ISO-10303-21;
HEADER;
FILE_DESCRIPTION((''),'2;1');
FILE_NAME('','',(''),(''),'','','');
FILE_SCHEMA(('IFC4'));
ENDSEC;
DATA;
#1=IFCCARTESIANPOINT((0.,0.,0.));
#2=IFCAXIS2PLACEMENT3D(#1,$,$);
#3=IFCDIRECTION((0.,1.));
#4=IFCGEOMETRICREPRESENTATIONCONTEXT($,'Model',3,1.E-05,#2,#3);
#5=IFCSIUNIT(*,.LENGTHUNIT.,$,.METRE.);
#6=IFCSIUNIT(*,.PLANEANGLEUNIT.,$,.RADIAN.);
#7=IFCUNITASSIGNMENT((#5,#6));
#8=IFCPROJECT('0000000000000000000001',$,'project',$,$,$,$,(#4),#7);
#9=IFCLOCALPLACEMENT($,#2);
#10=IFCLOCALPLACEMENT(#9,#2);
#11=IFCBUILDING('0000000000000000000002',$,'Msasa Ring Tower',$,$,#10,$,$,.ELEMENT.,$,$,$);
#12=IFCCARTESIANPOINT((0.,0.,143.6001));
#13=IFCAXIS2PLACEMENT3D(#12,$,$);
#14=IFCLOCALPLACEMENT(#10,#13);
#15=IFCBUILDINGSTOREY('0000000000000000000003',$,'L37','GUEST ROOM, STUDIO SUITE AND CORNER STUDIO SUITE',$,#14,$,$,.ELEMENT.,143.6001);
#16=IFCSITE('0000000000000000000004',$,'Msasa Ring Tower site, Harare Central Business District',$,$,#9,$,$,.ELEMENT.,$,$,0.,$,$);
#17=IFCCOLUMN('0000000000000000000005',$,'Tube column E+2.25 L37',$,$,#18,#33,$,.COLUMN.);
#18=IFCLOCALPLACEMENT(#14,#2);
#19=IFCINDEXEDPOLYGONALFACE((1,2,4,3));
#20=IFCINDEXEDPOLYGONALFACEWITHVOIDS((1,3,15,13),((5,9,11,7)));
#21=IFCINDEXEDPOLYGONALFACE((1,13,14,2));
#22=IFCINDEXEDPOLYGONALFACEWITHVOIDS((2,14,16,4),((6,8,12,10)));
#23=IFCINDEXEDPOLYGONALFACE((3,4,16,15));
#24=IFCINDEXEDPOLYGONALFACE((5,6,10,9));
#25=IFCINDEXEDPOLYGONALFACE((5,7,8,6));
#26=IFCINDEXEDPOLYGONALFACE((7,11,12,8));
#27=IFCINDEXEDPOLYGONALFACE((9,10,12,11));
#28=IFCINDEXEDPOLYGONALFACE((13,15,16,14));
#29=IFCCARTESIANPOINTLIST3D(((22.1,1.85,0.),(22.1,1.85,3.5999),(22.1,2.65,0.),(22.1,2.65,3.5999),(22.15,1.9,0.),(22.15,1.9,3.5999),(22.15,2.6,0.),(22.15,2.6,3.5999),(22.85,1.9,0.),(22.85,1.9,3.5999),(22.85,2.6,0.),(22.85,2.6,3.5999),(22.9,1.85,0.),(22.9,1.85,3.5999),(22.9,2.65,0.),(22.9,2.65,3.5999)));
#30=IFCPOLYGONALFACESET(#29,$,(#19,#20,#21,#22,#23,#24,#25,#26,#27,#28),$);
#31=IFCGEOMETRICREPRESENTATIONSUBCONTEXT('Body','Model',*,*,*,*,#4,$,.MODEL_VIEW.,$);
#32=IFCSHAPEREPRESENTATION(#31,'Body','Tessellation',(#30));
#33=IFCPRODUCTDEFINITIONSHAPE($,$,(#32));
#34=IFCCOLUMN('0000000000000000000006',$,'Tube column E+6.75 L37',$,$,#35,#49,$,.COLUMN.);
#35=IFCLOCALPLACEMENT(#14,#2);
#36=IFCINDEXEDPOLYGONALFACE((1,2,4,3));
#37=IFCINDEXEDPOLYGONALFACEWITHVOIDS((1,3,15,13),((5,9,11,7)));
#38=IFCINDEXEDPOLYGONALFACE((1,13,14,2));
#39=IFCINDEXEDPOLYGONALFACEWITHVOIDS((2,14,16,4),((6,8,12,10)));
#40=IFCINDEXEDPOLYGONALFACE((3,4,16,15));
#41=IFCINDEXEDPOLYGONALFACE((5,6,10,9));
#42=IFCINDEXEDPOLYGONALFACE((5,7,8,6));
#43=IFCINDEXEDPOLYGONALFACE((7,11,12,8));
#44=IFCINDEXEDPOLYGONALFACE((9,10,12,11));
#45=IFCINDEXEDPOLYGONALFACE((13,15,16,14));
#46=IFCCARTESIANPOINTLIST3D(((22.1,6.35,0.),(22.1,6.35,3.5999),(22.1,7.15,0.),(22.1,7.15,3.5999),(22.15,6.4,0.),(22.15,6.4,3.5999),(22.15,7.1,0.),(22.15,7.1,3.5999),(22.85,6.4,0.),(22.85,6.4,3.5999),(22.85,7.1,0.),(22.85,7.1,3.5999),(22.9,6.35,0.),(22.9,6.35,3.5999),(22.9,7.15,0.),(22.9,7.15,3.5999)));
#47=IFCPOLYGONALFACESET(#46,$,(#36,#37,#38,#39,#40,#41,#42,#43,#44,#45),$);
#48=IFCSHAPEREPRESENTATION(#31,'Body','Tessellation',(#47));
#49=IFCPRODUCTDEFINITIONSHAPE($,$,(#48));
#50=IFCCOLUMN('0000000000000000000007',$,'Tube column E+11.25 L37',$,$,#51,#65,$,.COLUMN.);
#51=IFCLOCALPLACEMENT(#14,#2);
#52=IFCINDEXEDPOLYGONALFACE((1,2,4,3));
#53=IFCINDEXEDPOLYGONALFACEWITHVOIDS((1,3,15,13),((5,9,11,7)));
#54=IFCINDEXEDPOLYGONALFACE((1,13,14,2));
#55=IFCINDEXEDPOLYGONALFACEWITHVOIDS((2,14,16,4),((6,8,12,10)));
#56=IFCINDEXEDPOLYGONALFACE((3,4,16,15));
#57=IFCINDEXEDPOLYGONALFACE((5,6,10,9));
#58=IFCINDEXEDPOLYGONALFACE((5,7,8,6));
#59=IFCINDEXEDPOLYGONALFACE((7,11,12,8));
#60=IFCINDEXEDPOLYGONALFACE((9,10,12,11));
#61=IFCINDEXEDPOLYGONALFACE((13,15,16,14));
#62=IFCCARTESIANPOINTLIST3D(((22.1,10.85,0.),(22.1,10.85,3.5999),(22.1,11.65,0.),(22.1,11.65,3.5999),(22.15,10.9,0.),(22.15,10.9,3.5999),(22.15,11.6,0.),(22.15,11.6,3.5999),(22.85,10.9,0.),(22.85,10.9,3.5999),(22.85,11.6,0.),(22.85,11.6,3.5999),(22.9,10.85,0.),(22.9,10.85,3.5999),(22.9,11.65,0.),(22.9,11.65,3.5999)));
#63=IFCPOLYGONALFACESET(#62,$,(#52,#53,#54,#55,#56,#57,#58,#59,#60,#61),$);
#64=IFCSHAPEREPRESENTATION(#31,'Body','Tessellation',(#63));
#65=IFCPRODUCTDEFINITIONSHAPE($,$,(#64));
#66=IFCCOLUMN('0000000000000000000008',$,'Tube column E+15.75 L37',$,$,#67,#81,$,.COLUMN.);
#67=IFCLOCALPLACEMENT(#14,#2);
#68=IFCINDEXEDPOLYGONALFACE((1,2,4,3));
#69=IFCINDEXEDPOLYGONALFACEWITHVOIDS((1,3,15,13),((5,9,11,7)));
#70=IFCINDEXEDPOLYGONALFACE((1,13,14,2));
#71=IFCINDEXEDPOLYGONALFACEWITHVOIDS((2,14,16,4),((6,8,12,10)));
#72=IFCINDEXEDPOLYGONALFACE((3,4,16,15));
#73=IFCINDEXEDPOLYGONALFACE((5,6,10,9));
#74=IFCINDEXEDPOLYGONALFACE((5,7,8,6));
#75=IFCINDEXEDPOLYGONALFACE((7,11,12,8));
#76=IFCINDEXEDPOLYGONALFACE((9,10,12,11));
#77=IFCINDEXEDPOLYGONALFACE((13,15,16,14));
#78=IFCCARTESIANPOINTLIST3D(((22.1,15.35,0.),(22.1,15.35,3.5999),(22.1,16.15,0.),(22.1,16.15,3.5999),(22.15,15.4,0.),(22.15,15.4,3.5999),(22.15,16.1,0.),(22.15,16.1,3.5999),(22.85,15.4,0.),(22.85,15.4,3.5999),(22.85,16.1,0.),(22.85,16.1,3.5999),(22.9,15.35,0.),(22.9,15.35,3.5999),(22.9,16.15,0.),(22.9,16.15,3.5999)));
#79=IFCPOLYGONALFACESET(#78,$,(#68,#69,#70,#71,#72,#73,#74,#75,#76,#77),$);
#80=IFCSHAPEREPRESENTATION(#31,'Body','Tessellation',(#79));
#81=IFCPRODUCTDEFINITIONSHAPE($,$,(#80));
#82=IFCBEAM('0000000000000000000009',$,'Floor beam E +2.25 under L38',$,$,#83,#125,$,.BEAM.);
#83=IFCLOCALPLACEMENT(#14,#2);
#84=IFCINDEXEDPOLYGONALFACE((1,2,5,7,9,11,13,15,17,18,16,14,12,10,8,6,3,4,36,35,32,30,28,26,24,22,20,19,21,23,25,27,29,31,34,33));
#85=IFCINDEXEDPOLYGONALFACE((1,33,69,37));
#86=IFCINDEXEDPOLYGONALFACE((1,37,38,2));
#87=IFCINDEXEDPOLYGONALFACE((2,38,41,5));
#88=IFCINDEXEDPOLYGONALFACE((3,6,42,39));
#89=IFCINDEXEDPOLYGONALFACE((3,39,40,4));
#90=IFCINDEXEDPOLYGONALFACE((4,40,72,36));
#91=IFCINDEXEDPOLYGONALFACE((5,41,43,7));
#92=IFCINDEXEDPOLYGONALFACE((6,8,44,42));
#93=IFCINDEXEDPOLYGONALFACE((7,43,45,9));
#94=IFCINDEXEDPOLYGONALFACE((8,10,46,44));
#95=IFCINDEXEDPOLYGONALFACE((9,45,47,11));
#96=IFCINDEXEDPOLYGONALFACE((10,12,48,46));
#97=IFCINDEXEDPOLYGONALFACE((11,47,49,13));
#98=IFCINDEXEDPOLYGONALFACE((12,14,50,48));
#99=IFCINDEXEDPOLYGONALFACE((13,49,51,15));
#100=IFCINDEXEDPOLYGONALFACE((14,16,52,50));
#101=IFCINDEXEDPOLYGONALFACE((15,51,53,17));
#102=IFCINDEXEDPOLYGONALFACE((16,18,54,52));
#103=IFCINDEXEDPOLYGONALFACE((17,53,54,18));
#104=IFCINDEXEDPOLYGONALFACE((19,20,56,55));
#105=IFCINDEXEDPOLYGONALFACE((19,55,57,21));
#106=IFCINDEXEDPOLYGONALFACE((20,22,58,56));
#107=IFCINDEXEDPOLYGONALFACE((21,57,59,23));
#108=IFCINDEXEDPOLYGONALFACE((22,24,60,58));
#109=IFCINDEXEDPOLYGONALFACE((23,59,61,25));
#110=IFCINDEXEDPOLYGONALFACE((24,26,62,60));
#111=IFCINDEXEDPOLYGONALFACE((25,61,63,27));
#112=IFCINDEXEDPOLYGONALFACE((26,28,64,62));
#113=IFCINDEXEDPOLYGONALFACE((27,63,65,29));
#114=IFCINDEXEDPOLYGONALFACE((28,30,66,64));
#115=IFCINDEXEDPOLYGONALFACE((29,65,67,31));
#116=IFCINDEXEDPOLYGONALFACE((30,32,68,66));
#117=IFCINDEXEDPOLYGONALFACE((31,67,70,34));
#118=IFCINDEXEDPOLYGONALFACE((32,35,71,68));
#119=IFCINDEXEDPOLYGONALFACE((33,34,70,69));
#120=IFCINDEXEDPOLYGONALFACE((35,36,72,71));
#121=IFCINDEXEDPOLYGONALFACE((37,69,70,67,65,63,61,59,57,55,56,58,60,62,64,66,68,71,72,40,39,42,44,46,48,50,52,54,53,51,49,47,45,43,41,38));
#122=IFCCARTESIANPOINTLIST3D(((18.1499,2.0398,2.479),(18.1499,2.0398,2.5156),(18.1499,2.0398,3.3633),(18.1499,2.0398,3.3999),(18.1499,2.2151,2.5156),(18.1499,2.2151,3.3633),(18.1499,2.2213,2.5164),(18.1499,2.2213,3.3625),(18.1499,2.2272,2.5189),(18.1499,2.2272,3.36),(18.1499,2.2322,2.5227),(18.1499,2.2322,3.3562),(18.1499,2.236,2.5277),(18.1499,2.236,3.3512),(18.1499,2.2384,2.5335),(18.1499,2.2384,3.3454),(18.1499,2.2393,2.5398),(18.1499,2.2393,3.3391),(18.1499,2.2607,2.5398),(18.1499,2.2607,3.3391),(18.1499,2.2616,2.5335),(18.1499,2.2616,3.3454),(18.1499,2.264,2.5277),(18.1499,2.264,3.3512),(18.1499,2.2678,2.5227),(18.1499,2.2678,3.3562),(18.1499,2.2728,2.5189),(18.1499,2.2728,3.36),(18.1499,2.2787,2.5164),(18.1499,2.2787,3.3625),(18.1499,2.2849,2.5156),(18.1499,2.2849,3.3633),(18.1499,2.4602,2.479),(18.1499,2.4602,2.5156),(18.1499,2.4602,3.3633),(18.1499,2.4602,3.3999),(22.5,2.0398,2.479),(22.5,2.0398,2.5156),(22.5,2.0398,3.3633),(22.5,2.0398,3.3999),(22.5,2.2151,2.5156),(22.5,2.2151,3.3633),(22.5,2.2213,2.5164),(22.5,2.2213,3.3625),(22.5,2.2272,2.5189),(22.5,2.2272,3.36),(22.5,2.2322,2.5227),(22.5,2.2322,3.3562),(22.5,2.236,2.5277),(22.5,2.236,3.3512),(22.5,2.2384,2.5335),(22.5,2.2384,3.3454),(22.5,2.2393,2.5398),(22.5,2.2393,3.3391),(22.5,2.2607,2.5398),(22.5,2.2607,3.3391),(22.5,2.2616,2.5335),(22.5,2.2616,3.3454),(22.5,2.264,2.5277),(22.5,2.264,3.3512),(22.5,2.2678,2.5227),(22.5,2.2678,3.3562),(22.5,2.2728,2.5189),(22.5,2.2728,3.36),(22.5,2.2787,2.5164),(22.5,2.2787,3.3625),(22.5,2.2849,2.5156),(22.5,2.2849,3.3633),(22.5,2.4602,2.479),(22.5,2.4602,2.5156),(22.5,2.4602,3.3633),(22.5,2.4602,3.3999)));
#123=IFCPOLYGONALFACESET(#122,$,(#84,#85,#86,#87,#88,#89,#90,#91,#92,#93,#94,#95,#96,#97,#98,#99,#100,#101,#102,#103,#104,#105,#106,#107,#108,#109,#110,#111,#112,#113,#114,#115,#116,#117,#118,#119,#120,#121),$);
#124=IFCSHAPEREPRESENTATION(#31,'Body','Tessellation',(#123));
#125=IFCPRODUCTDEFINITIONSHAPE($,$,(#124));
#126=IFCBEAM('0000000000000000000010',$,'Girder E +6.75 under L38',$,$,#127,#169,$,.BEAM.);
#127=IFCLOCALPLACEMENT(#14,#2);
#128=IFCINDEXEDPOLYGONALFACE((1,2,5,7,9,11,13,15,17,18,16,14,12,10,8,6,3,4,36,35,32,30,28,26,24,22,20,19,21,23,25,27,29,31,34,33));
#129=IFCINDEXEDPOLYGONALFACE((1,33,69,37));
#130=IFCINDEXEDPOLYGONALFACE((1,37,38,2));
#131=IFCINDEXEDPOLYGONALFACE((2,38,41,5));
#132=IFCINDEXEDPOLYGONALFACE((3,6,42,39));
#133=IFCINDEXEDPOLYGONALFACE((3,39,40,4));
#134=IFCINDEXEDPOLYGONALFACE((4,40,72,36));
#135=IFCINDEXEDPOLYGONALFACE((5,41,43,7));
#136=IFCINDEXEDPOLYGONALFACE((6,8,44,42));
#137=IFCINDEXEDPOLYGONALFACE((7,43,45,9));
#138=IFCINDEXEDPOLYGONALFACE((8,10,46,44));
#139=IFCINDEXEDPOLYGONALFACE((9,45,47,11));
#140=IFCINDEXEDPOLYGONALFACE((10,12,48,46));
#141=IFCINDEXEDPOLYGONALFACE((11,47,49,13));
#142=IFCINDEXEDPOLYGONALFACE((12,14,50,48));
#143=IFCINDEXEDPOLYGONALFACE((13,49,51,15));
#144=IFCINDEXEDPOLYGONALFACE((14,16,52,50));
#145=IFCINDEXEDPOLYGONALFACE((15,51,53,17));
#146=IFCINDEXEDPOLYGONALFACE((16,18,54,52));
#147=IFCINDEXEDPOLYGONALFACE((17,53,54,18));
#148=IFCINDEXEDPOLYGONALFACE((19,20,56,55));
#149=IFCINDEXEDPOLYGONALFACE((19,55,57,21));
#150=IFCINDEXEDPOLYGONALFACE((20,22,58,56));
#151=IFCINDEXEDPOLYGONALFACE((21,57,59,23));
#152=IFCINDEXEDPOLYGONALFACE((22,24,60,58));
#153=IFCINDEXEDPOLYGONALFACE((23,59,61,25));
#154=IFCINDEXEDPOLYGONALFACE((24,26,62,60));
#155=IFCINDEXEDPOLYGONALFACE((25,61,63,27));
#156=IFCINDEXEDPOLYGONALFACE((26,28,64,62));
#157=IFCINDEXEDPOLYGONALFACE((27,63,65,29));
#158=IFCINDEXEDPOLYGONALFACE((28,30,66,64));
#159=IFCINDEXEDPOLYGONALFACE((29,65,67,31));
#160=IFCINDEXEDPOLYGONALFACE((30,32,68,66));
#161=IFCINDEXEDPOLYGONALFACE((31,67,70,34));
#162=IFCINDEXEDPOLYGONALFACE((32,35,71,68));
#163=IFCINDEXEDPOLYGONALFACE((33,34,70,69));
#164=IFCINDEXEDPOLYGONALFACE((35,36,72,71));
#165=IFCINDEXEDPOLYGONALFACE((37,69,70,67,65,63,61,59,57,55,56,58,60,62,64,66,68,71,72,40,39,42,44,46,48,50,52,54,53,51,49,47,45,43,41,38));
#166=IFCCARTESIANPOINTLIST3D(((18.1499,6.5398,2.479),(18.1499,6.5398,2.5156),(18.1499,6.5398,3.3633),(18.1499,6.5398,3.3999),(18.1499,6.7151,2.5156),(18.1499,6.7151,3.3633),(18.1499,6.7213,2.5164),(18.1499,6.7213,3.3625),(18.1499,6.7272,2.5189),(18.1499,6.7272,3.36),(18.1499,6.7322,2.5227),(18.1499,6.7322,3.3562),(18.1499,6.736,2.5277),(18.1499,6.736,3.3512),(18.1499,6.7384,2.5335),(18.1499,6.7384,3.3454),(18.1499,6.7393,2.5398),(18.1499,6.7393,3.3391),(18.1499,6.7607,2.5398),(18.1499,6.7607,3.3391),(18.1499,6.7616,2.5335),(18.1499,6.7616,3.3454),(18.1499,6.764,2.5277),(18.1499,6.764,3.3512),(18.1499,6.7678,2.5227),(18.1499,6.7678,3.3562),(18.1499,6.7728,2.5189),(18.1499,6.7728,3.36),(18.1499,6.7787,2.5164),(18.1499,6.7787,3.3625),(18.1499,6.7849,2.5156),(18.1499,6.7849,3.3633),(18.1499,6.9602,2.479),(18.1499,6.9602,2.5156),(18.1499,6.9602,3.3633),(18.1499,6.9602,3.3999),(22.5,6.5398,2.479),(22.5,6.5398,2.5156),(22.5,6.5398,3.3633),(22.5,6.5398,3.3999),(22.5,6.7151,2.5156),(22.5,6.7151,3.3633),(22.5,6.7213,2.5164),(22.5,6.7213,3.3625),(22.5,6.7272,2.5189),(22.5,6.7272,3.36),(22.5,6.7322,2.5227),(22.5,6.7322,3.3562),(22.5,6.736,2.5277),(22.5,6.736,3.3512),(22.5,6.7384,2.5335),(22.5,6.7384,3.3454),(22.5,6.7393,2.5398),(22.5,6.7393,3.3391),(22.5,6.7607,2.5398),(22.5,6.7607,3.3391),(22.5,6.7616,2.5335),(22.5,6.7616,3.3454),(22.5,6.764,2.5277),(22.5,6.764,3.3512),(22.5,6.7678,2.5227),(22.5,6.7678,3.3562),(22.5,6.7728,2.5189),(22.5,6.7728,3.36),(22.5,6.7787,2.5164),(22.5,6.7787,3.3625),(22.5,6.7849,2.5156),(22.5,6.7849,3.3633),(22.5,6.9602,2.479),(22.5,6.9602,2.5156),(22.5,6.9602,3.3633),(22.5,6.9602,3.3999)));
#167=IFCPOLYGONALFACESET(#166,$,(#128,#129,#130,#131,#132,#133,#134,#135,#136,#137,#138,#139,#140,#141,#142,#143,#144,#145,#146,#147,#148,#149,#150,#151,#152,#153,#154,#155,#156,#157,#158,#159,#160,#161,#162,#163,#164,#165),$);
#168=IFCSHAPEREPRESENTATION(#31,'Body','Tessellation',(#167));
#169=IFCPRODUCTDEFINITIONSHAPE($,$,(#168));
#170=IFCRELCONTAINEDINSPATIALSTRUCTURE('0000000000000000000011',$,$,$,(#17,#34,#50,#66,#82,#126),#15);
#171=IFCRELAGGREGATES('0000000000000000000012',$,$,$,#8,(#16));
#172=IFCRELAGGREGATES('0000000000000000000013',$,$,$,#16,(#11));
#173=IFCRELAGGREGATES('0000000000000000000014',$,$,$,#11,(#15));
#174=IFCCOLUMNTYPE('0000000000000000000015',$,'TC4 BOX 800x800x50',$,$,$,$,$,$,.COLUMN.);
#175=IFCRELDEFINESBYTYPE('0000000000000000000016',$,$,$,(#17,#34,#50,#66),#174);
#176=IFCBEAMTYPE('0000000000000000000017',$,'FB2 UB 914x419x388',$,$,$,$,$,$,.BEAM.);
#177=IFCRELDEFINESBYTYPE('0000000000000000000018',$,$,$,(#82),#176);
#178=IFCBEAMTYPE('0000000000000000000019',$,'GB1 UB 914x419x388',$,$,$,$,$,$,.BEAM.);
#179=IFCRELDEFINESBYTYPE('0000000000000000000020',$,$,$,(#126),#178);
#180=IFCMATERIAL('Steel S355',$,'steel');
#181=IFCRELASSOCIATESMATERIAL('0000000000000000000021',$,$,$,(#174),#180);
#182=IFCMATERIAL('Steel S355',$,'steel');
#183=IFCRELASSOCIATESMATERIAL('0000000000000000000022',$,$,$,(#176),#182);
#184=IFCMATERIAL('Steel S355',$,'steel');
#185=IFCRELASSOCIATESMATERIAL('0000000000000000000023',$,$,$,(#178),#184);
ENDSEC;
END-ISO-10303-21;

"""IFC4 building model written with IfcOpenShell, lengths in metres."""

from ifc_helpers import new_model, si_unit, direction, frame, origin, origin_2d, place, context, subcontext, project, spatial, hollow_rectangle, i_section, extrude, material, material_profile, profile_set, type_object, element, save


model = new_model("IFC4")

# Units and contexts
model_context = context("Model", 3, precision=1e-05, world=origin(), true_north=direction((0.0, 1.0)))
body_context = subcontext(model_context, "Body", "Model", "MODEL_VIEW")
ifc_project = project(units=[si_unit("LENGTHUNIT", "METRE"), si_unit("PLANEANGLEUNIT", "RADIAN")], contexts=[model_context])

# Site, building, storey
site_placement = place(None, origin())
site = spatial("IfcSite", under=ifc_project, at=site_placement, Name="Msasa Ring Tower site, Harare Central Business District", CompositionType="ELEMENT", RefElevation=0.0)
building_placement = place(site_placement, origin())
building = spatial("IfcBuilding", under=site, at=building_placement, Name="Msasa Ring Tower", CompositionType="ELEMENT")
storey_placement = place(building_placement, frame((0.0, 0.0, 143.6001)))
storey = spatial("IfcBuildingStorey", under=building, at=storey_placement, Name="L37", Description="GUEST ROOM, STUDIO SUITE AND CORNER STUDIO SUITE", CompositionType="ELEMENT", Elevation=143.6001)

# Columns
ifc_material_1 = material(Name="Steel S355", Category="steel")
ifc_material_profile_1 = material_profile(ifc_material_1, hollow_rectangle(XDim=0.8, YDim=0.8, WallThickness=0.05, at=origin_2d()), Name="BOX 800x800x50")
ifc_profile_set_1 = profile_set([ifc_material_profile_1], Name="Steel S355")
column_type = type_object("IfcColumnType", Name="TC4 BOX 800x800x50", PredefinedType="COLUMN", material=ifc_profile_set_1)
for number, where, z_axis, x_axis, name in (
    (1, (22.5, 2.25, 0.0), (0.0, 0.0, 1.0), (1.0, 0.0, 0.0), "Tube column E+2.25 L37"),
    (2, (22.5, 6.75, 0.0), (0.0, 0.0, 1.0), (1.0, 0.0, 0.0), "Tube column E+6.75 L37"),
    (3, (22.5, 11.25, 0.0), (0.0, 0.0, 1.0), (1.0, 0.0, 0.0), "Tube column E+11.25 L37"),
    (4, (22.5, 15.75, 0.0), (0.0, 0.0, 1.0), (1.0, 0.0, 0.0), "Tube column E+15.75 L37"),
):
    element("IfcColumn", number, at=place(storey_placement, frame(where, z_axis=z_axis, x_axis=x_axis)), inside=storey, type_object=column_type, Name=name, PredefinedType="COLUMN", context=body_context, shape_type="SweptSolid", body=[
        extrude(hollow_rectangle(XDim=0.8, YDim=0.8, WallThickness=0.05, at=origin_2d()), origin(), (0.0, 0.0, 1.0), 3.5999),
    ])

# Beams
ifc_material_2 = material(Name="Steel S355", Category="steel")
ifc_material_profile_2 = material_profile(ifc_material_2, i_section(OverallWidth=0.4204, OverallDepth=0.9209, WebThickness=0.0215, FlangeThickness=0.0366, FilletRadius=0.0242, at=origin_2d()), Name="UB 914x419x388")
ifc_profile_set_2 = profile_set([ifc_material_profile_2], Name="Steel S355")
beam_type_1 = type_object("IfcBeamType", Name="FB2 UB 914x419x388", PredefinedType="BEAM", material=ifc_profile_set_2)
beam_1_placement = place(storey_placement, frame((22.5, 2.25, 2.9395), z_axis=(-1.0, 0.0, 0.0), x_axis=(0.0, -1.0, 0.0)))
element("IfcBeam", 5, at=beam_1_placement, inside=storey, type_object=beam_type_1, Name="Floor beam E +2.25 under L38", PredefinedType="BEAM", context=body_context, shape_type="SweptSolid", body=[
    extrude(i_section(OverallWidth=0.4204, OverallDepth=0.9209, WebThickness=0.0215, FlangeThickness=0.0366, FilletRadius=0.0242, at=origin_2d()), origin(), (0.0, 0.0, 1.0), 4.3501),
])
ifc_material_3 = material(Name="Steel S355", Category="steel")
ifc_material_profile_3 = material_profile(ifc_material_3, i_section(OverallWidth=0.4204, OverallDepth=0.9209, WebThickness=0.0215, FlangeThickness=0.0366, FilletRadius=0.0242, at=origin_2d()), Name="UB 914x419x388")
ifc_profile_set_3 = profile_set([ifc_material_profile_3], Name="Steel S355")
beam_type_2 = type_object("IfcBeamType", Name="GB1 UB 914x419x388", PredefinedType="BEAM", material=ifc_profile_set_3)
beam_2_placement = place(storey_placement, frame((18.1499, 6.75, 2.9395), z_axis=(1.0, 0.0, 0.0), x_axis=(0.0, 1.0, 0.0)))
element("IfcBeam", 6, at=beam_2_placement, inside=storey, type_object=beam_type_2, Name="Girder E +6.75 under L38", PredefinedType="BEAM", context=body_context, shape_type="SweptSolid", body=[
    extrude(i_section(OverallWidth=0.4204, OverallDepth=0.9209, WebThickness=0.0215, FlangeThickness=0.0366, FilletRadius=0.0242, at=origin_2d()), origin(), (0.0, 0.0, 1.0), 4.3501),
])

save(model, "model.ifc")
